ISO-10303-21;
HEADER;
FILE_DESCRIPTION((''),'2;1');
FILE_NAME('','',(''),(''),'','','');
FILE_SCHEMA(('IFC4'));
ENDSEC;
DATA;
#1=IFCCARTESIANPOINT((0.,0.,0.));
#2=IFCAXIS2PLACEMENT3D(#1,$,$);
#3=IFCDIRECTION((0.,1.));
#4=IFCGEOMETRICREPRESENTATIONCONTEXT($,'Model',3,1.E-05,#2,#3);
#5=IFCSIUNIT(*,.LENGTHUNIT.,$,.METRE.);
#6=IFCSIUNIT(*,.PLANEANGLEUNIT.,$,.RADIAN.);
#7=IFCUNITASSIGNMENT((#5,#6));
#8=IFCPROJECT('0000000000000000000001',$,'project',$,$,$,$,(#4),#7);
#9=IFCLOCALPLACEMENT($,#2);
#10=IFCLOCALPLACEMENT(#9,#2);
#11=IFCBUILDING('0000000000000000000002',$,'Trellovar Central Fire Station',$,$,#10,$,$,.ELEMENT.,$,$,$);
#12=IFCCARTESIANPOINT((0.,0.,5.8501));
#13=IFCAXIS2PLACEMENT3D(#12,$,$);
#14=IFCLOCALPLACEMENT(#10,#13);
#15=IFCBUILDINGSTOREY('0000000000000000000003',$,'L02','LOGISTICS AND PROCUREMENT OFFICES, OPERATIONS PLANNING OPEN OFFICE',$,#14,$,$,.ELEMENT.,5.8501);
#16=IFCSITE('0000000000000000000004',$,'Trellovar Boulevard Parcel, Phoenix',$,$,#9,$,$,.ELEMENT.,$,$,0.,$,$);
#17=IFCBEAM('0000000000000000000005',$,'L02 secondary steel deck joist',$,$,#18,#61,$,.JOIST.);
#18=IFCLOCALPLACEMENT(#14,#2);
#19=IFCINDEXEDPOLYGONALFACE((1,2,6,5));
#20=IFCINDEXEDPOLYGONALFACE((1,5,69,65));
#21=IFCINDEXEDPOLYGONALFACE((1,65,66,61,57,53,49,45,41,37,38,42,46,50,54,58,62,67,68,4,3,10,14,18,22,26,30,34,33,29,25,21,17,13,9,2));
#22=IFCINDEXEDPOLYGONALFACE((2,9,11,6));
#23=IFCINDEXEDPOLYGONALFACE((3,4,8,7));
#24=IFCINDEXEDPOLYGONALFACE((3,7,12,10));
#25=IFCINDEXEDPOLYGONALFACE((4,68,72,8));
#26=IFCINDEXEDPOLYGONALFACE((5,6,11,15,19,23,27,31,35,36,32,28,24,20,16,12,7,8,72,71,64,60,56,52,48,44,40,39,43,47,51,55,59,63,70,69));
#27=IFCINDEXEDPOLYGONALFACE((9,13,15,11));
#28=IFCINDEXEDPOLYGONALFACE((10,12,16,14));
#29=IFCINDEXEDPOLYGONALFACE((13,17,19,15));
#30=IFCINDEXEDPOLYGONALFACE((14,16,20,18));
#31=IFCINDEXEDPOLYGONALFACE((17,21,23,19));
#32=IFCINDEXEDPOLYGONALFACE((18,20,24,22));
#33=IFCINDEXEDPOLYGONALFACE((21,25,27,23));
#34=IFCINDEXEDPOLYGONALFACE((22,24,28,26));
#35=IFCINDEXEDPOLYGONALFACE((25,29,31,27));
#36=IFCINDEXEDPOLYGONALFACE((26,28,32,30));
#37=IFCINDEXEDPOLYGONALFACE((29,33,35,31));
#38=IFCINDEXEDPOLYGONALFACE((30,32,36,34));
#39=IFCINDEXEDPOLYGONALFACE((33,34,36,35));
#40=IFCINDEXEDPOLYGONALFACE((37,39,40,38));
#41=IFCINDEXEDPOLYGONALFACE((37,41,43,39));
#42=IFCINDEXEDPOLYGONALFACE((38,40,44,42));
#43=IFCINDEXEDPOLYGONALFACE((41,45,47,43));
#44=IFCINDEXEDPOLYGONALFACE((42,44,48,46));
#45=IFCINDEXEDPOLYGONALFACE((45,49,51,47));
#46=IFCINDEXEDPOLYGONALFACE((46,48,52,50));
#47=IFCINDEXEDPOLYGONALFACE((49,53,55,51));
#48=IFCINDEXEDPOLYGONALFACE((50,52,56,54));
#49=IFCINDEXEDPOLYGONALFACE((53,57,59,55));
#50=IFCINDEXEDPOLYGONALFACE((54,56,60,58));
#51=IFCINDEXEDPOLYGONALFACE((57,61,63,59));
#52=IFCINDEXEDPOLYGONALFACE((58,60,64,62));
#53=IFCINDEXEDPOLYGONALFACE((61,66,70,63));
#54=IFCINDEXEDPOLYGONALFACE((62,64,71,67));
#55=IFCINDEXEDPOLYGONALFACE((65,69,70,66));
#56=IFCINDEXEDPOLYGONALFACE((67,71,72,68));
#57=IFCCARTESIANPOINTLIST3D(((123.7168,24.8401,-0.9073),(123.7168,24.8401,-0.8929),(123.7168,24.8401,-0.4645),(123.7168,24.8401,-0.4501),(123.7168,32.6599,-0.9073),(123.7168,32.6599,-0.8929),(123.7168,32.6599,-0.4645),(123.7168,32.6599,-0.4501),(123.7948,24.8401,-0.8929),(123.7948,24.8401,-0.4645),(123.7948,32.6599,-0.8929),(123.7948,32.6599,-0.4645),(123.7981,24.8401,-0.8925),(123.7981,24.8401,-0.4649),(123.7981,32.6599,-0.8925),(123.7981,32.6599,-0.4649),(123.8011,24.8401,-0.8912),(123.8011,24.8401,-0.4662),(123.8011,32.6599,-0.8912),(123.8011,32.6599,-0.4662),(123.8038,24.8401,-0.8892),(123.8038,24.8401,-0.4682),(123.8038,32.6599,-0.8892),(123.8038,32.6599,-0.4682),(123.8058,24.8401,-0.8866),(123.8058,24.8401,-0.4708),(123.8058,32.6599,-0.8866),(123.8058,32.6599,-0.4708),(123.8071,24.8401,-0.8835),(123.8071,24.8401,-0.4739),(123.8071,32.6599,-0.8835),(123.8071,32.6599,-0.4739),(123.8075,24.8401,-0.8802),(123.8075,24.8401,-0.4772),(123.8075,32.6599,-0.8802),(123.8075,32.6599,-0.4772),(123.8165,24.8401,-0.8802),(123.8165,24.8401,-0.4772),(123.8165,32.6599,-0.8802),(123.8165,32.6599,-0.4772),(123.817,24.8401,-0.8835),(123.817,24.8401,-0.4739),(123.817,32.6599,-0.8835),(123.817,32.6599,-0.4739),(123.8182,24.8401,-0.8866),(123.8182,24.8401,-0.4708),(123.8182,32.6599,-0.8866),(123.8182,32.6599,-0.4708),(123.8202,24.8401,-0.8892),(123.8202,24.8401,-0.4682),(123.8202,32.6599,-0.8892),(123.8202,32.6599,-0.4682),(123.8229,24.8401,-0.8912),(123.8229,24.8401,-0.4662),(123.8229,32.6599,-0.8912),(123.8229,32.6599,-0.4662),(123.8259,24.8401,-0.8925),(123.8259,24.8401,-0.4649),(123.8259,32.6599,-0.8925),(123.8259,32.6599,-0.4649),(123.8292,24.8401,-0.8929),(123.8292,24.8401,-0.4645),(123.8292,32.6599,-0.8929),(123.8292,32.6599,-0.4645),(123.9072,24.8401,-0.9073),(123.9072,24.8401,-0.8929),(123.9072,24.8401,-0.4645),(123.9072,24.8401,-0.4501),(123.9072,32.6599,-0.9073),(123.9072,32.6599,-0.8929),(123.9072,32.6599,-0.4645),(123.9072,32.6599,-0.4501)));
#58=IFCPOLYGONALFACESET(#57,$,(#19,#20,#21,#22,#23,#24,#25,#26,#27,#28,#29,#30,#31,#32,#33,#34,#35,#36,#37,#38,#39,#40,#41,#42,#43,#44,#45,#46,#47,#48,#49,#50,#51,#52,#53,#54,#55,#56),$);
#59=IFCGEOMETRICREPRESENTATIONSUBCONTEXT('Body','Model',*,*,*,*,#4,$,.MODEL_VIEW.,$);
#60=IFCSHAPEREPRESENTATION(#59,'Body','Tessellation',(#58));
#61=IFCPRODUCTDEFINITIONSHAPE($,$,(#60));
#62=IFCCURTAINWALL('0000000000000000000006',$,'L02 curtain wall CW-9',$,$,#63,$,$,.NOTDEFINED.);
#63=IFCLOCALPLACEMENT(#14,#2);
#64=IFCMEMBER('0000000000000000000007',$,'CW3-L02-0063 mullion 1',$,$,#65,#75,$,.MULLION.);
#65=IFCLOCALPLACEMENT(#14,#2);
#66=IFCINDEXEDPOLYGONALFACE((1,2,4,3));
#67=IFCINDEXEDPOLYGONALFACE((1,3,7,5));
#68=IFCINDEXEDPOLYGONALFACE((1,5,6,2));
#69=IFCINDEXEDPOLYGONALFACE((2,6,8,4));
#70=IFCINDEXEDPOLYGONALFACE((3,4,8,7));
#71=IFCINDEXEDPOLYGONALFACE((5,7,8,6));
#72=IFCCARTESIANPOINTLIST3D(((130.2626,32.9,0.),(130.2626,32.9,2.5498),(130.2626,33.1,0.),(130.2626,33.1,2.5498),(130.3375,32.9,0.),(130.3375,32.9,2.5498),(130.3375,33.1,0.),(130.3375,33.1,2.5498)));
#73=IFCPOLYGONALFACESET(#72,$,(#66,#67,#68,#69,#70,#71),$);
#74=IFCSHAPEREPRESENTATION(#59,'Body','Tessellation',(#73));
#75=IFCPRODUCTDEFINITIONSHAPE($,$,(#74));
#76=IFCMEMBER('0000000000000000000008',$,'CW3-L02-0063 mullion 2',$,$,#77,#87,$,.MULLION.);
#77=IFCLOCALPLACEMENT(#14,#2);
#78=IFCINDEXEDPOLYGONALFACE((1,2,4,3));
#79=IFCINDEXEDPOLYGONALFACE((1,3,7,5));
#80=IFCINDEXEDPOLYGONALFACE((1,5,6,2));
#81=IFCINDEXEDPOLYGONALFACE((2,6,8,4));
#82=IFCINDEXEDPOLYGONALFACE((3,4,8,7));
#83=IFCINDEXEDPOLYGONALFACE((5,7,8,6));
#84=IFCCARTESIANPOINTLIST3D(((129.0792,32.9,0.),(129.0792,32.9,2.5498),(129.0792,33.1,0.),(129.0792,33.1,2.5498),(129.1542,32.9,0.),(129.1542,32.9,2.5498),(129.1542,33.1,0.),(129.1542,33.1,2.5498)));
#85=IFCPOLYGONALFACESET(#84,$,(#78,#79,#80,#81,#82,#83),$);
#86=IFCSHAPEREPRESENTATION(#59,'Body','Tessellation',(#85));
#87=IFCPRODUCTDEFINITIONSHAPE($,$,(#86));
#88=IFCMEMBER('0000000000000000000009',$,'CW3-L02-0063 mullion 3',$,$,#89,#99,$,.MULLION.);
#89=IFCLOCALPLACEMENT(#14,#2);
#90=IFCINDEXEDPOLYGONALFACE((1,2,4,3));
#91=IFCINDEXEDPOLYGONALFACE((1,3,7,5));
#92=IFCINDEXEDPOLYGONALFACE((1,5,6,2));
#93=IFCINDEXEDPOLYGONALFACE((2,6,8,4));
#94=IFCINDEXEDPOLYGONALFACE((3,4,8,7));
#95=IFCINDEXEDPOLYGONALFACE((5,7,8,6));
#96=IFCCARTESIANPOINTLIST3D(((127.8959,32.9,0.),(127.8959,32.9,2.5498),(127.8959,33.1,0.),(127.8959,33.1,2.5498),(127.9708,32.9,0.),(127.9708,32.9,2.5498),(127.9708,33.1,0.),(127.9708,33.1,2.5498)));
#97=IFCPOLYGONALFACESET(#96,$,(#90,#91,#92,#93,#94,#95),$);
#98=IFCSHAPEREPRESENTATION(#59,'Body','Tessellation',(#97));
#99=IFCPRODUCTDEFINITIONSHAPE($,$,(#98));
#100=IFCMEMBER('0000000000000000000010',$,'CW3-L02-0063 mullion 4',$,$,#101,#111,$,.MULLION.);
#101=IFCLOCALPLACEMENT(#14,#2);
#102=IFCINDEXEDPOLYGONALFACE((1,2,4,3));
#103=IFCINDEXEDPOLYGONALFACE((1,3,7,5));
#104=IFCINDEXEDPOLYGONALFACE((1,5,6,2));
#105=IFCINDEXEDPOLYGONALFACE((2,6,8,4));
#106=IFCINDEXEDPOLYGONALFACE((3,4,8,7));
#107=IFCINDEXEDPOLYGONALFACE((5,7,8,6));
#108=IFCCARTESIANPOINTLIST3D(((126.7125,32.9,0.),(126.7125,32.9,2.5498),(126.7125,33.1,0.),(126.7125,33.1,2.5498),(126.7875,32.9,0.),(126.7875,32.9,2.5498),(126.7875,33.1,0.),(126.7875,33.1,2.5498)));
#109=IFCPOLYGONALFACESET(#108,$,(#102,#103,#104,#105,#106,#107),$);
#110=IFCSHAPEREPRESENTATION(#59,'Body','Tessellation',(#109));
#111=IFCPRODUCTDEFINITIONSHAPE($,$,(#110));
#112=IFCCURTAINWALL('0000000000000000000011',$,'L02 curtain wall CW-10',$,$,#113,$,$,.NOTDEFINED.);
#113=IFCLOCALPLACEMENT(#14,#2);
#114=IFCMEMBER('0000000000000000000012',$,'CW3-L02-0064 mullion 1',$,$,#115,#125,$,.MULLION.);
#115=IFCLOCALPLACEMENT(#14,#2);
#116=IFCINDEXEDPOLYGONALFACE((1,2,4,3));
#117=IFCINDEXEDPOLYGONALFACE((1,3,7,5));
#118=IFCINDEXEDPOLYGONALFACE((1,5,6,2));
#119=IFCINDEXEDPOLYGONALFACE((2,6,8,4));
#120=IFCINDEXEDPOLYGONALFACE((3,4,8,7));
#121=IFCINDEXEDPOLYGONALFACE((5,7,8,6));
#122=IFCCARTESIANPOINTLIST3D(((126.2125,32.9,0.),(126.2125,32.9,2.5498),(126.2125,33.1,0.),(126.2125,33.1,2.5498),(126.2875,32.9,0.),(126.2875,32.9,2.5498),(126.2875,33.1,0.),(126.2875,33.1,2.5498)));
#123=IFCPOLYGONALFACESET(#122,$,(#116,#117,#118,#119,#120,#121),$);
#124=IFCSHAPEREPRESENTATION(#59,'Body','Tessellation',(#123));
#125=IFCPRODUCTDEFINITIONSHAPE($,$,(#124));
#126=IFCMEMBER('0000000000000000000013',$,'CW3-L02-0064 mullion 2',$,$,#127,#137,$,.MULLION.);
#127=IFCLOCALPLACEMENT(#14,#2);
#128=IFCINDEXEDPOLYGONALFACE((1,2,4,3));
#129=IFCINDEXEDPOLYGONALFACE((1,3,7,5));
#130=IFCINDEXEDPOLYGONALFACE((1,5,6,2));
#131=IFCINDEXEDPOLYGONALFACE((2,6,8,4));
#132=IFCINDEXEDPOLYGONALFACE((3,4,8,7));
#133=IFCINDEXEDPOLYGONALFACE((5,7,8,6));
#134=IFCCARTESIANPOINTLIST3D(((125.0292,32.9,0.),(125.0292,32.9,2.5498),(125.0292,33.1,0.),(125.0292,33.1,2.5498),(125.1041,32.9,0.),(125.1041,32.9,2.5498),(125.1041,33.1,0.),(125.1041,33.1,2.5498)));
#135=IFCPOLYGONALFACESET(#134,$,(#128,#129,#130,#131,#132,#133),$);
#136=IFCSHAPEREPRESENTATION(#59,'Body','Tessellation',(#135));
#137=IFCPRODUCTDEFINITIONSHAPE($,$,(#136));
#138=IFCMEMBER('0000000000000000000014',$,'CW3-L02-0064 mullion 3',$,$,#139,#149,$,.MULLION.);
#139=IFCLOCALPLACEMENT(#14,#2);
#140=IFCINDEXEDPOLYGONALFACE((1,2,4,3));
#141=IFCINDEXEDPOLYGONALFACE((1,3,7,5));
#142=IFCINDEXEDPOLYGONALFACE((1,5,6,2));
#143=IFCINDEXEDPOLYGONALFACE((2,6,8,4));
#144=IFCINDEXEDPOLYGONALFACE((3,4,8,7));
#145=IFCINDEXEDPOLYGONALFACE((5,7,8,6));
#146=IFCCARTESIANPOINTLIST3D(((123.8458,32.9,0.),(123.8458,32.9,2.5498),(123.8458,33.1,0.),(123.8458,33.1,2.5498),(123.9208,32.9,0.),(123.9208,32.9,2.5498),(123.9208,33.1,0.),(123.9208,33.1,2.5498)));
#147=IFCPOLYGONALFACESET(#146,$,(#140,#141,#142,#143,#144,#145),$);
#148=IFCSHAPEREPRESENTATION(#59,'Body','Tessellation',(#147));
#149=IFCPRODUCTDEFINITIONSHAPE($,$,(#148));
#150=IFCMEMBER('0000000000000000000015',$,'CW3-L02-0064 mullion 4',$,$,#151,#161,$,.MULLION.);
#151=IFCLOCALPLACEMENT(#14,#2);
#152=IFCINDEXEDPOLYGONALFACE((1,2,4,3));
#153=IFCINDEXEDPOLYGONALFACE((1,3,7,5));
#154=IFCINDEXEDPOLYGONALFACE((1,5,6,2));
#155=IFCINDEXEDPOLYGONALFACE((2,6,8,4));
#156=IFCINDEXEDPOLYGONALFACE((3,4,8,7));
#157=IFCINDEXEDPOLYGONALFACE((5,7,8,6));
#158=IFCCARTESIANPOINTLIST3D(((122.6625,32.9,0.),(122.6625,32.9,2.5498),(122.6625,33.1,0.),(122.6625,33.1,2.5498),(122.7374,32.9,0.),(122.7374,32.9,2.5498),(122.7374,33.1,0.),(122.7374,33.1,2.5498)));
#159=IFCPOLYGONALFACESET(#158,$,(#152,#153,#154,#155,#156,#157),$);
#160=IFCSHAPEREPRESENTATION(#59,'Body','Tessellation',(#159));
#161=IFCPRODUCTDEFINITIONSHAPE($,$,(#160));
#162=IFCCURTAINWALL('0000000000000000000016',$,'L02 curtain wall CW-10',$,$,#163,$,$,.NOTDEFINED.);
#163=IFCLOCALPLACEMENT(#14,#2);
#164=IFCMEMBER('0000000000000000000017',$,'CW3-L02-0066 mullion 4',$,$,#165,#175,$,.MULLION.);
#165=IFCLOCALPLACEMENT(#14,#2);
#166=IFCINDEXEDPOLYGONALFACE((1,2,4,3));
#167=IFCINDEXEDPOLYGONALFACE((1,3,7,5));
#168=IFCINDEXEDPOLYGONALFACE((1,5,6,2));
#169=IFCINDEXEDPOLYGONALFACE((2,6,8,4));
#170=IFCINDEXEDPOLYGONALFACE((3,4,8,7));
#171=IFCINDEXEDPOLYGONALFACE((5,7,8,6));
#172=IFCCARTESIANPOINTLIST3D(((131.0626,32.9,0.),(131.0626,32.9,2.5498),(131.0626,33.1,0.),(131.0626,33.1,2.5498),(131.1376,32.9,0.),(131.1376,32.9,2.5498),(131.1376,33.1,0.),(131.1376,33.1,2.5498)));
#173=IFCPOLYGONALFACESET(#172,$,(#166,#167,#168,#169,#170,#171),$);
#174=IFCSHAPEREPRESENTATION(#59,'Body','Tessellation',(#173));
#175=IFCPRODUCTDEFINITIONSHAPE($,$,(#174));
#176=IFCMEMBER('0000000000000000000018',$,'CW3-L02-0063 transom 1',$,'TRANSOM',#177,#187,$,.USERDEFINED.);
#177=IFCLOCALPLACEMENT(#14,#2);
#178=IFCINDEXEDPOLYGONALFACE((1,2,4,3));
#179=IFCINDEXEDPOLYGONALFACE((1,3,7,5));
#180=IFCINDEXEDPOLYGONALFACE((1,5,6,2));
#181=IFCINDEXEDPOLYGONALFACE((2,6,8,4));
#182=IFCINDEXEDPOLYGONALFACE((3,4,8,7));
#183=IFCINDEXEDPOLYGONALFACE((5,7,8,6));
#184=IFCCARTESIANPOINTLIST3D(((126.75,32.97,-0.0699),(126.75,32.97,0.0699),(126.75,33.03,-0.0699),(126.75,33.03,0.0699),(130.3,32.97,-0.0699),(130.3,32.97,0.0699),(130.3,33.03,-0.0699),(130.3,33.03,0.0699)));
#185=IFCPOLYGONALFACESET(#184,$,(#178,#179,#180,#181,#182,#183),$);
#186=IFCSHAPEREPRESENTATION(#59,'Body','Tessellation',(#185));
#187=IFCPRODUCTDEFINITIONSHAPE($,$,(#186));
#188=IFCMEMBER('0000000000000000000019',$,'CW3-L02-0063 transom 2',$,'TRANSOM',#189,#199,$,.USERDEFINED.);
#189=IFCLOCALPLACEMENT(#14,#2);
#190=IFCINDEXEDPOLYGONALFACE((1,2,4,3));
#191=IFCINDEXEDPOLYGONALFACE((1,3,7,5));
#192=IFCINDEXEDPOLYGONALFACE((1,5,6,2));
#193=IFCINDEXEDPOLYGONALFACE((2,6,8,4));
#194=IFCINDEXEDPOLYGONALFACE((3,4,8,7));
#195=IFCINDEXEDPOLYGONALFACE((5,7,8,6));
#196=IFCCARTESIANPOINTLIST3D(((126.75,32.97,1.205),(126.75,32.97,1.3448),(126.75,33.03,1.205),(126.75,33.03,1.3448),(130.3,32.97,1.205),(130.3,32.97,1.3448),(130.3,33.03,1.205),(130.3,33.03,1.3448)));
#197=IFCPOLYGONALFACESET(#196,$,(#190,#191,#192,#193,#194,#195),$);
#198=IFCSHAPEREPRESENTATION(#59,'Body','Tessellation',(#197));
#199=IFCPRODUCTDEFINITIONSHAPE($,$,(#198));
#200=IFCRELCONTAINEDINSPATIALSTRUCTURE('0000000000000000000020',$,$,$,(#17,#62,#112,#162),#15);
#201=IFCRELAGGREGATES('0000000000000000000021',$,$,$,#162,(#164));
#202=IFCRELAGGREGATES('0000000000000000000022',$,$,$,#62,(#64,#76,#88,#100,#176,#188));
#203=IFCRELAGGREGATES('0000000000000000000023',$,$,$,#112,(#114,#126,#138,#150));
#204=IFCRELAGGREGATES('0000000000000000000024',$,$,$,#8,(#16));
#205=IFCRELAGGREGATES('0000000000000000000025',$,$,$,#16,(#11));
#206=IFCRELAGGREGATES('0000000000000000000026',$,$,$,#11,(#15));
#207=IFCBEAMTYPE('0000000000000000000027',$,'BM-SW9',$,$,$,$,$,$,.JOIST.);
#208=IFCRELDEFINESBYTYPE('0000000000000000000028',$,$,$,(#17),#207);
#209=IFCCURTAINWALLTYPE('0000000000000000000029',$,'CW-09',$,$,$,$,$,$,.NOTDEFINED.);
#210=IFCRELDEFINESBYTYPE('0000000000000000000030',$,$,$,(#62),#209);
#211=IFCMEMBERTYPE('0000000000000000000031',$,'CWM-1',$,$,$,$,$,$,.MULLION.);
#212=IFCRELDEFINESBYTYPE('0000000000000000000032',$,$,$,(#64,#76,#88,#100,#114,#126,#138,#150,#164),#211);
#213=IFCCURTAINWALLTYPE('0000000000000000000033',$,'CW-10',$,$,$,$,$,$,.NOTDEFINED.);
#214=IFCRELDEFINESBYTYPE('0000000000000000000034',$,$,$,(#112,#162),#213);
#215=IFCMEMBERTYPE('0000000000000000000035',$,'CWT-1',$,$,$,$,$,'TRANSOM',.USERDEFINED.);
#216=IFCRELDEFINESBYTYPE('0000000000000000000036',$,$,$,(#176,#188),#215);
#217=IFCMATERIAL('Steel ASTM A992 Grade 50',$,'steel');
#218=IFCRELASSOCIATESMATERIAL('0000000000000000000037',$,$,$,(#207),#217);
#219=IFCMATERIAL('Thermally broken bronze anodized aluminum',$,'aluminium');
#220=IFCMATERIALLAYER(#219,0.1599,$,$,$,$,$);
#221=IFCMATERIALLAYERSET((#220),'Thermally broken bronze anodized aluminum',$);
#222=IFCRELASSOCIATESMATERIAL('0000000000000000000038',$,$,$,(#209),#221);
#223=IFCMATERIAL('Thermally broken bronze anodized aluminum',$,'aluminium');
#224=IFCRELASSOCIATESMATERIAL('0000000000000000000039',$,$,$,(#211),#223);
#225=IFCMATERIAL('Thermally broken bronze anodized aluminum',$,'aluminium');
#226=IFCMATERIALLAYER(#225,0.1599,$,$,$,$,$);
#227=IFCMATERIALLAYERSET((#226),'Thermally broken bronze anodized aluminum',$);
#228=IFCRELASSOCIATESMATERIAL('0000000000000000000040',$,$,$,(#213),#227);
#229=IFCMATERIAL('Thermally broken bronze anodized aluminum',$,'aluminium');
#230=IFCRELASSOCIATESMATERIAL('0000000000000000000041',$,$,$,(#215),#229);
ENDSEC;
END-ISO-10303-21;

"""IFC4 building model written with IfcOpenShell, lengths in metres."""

from ifc_helpers import new_model, si_unit, direction, frame, origin, origin_2d, place, context, subcontext, project, spatial, rectangle, i_section, extrude, material, layer, layer_set, material_profile, profile_set, type_object, element, aggregate, save


model = new_model("IFC4")

# Units and contexts
model_context = context("Model", 3, precision=1e-05, world=origin(), true_north=direction((0.0, 1.0)))
body_context = subcontext(model_context, "Body", "Model", "MODEL_VIEW")
ifc_project = project(units=[si_unit("LENGTHUNIT", "METRE"), si_unit("PLANEANGLEUNIT", "RADIAN")], contexts=[model_context])

# Site, building, storey
site_placement = place(None, origin())
site = spatial("IfcSite", under=ifc_project, at=site_placement, Name="Trellovar Boulevard Parcel, Phoenix", CompositionType="ELEMENT", RefElevation=0.0)
building_placement = place(site_placement, origin())
building = spatial("IfcBuilding", under=site, at=building_placement, Name="Trellovar Central Fire Station", CompositionType="ELEMENT")
storey_placement = place(building_placement, frame((0.0, 0.0, 5.8501)))
storey = spatial("IfcBuildingStorey", under=building, at=storey_placement, Name="L02", Description="LOGISTICS AND PROCUREMENT OFFICES, OPERATIONS PLANNING OPEN OFFICE", CompositionType="ELEMENT", Elevation=5.8501)

# Beam
ifc_material_1 = material(Name="Steel ASTM A992 Grade 50", Category="steel")
ifc_material_profile_1 = material_profile(ifc_material_1, i_section(OverallWidth=0.1904, OverallDepth=0.4573, WebThickness=0.009, FlangeThickness=0.0144, FilletRadius=0.0127, at=origin_2d()), Name="W18X50")
ifc_profile_set_1 = profile_set([ifc_material_profile_1], Name="Steel ASTM A992 Grade 50")
beam_type_1 = type_object("IfcBeamType", Name="BM-SW9", PredefinedType="JOIST", material=ifc_profile_set_1)
beam_1_placement = place(storey_placement, frame((123.812, 24.8401, -0.6787), z_axis=(0.0, 1.0, 0.0), x_axis=(-1.0, 0.0, 0.0)))
element("IfcBeam", 1, at=beam_1_placement, inside=storey, type_object=beam_type_1, Name="L02 secondary steel deck joist", PredefinedType="JOIST", context=body_context, shape_type="SweptSolid", body=[
    extrude(i_section(OverallWidth=0.1904, OverallDepth=0.4573, WebThickness=0.009, FlangeThickness=0.0144, FilletRadius=0.0127, at=origin_2d()), origin(), (0.0, 0.0, 1.0), 7.8198),
])

# Curtain walls, members
ifc_material_2 = material(Name="Thermally broken bronze anodized aluminum", Category="aluminium")
ifc_layer_1 = layer(ifc_material_2, 0.1599)
ifc_layer_set_1 = layer_set([ifc_layer_1], Name="Thermally broken bronze anodized aluminum")
curtain_wall_type_1 = type_object("IfcCurtainWallType", Name="CW-09", PredefinedType="NOTDEFINED", material=ifc_layer_set_1)
curtain_wall_1_placement = place(storey_placement, origin())
curtain_wall_1 = element("IfcCurtainWall", 2, at=curtain_wall_1_placement, inside=storey, type_object=curtain_wall_type_1, Name="L02 curtain wall CW-9", PredefinedType="NOTDEFINED")
ifc_material_3 = material(Name="Thermally broken bronze anodized aluminum", Category="aluminium")
ifc_material_profile_2 = material_profile(ifc_material_3, rectangle(XDim=0.075, YDim=0.2, at=origin_2d()), Name="ALU75X200")
ifc_profile_set_2 = profile_set([ifc_material_profile_2], Name="Thermally broken bronze anodized aluminum")
member_type_1 = type_object("IfcMemberType", Name="CWM-1", PredefinedType="MULLION", material=ifc_profile_set_2)
member_1_placement = place(storey_placement, frame((130.3, 33.0, 0.0), z_axis=(0.0, 0.0, 1.0), x_axis=(1.0, 0.0, 0.0)))
member_1 = element("IfcMember", 3, at=member_1_placement, type_object=member_type_1, Name="CW3-L02-0063 mullion 1", PredefinedType="MULLION", context=body_context, shape_type="SweptSolid", body=[
    extrude(rectangle(XDim=0.075, YDim=0.2, at=origin_2d()), origin(), (0.0, 0.0, 1.0), 2.5498),
])
member_2_placement = place(storey_placement, frame((129.1167, 33.0, 0.0), z_axis=(0.0, 0.0, 1.0), x_axis=(1.0, 0.0, 0.0)))
member_2 = element("IfcMember", 4, at=member_2_placement, type_object=member_type_1, Name="CW3-L02-0063 mullion 2", PredefinedType="MULLION", context=body_context, shape_type="SweptSolid", body=[
    extrude(rectangle(XDim=0.075, YDim=0.2, at=origin_2d()), origin(), (0.0, 0.0, 1.0), 2.5498),
])
member_3_placement = place(storey_placement, frame((127.9333, 33.0, 0.0), z_axis=(0.0, 0.0, 1.0), x_axis=(1.0, 0.0, 0.0)))
member_3 = element("IfcMember", 5, at=member_3_placement, type_object=member_type_1, Name="CW3-L02-0063 mullion 3", PredefinedType="MULLION", context=body_context, shape_type="SweptSolid", body=[
    extrude(rectangle(XDim=0.075, YDim=0.2, at=origin_2d()), origin(), (0.0, 0.0, 1.0), 2.5498),
])
member_4_placement = place(storey_placement, frame((126.75, 33.0, 0.0), z_axis=(0.0, 0.0, 1.0), x_axis=(1.0, 0.0, 0.0)))
member_4 = element("IfcMember", 6, at=member_4_placement, type_object=member_type_1, Name="CW3-L02-0063 mullion 4", PredefinedType="MULLION", context=body_context, shape_type="SweptSolid", body=[
    extrude(rectangle(XDim=0.075, YDim=0.2, at=origin_2d()), origin(), (0.0, 0.0, 1.0), 2.5498),
])
ifc_material_4 = material(Name="Thermally broken bronze anodized aluminum", Category="aluminium")
ifc_layer_2 = layer(ifc_material_4, 0.1599)
ifc_layer_set_2 = layer_set([ifc_layer_2], Name="Thermally broken bronze anodized aluminum")
curtain_wall_type_2 = type_object("IfcCurtainWallType", Name="CW-10", PredefinedType="NOTDEFINED", material=ifc_layer_set_2)
curtain_wall_2_placement = place(storey_placement, origin())
curtain_wall_2 = element("IfcCurtainWall", 7, at=curtain_wall_2_placement, inside=storey, type_object=curtain_wall_type_2, Name="L02 curtain wall CW-10", PredefinedType="NOTDEFINED")
member_5_placement = place(storey_placement, frame((126.25, 33.0, 0.0), z_axis=(0.0, 0.0, 1.0), x_axis=(1.0, 0.0, 0.0)))
member_5 = element("IfcMember", 8, at=member_5_placement, type_object=member_type_1, Name="CW3-L02-0064 mullion 1", PredefinedType="MULLION", context=body_context, shape_type="SweptSolid", body=[
    extrude(rectangle(XDim=0.075, YDim=0.2, at=origin_2d()), origin(), (0.0, 0.0, 1.0), 2.5498),
])
member_6_placement = place(storey_placement, frame((125.0667, 33.0, 0.0), z_axis=(0.0, 0.0, 1.0), x_axis=(1.0, 0.0, 0.0)))
member_6 = element("IfcMember", 9, at=member_6_placement, type_object=member_type_1, Name="CW3-L02-0064 mullion 2", PredefinedType="MULLION", context=body_context, shape_type="SweptSolid", body=[
    extrude(rectangle(XDim=0.075, YDim=0.2, at=origin_2d()), origin(), (0.0, 0.0, 1.0), 2.5498),
])
member_7_placement = place(storey_placement, frame((123.8833, 33.0, 0.0), z_axis=(0.0, 0.0, 1.0), x_axis=(1.0, 0.0, 0.0)))
member_7 = element("IfcMember", 10, at=member_7_placement, type_object=member_type_1, Name="CW3-L02-0064 mullion 3", PredefinedType="MULLION", context=body_context, shape_type="SweptSolid", body=[
    extrude(rectangle(XDim=0.075, YDim=0.2, at=origin_2d()), origin(), (0.0, 0.0, 1.0), 2.5498),
])
member_8_placement = place(storey_placement, frame((122.7, 33.0, 0.0), z_axis=(0.0, 0.0, 1.0), x_axis=(1.0, 0.0, 0.0)))
member_8 = element("IfcMember", 11, at=member_8_placement, type_object=member_type_1, Name="CW3-L02-0064 mullion 4", PredefinedType="MULLION", context=body_context, shape_type="SweptSolid", body=[
    extrude(rectangle(XDim=0.075, YDim=0.2, at=origin_2d()), origin(), (0.0, 0.0, 1.0), 2.5498),
])

# Curtain wall, member
curtain_wall_3_placement = place(storey_placement, origin())
curtain_wall_3 = element("IfcCurtainWall", 12, at=curtain_wall_3_placement, inside=storey, type_object=curtain_wall_type_2, Name="L02 curtain wall CW-10", PredefinedType="NOTDEFINED")
member_9_placement = place(storey_placement, frame((131.1001, 33.0, 0.0), z_axis=(0.0, 0.0, 1.0), x_axis=(1.0, 0.0, 0.0)))
member_9 = element("IfcMember", 13, at=member_9_placement, type_object=member_type_1, Name="CW3-L02-0066 mullion 4", PredefinedType="MULLION", context=body_context, shape_type="SweptSolid", body=[
    extrude(rectangle(XDim=0.075, YDim=0.2, at=origin_2d()), origin(), (0.0, 0.0, 1.0), 2.5498),
])

# Members
ifc_material_5 = material(Name="Thermally broken bronze anodized aluminum", Category="aluminium")
ifc_material_profile_3 = material_profile(ifc_material_5, rectangle(XDim=0.0601, YDim=0.1399, at=origin_2d()), Name="ALU60X140")
ifc_profile_set_3 = profile_set([ifc_material_profile_3], Name="Thermally broken bronze anodized aluminum")
member_type_2 = type_object("IfcMemberType", Name="CWT-1", ElementType="TRANSOM", PredefinedType="USERDEFINED", material=ifc_profile_set_3)
member_10_placement = place(storey_placement, frame((130.3, 33.0, 0.0), z_axis=(-1.0, 0.0, 0.0), x_axis=(0.0, -1.0, 0.0)))
member_10 = element("IfcMember", 14, at=member_10_placement, type_object=member_type_2, Name="CW3-L02-0063 transom 1", ObjectType="TRANSOM", PredefinedType="USERDEFINED", context=body_context, shape_type="SweptSolid", body=[
    extrude(rectangle(XDim=0.0601, YDim=0.1399, at=origin_2d()), origin(), (0.0, 0.0, 1.0), 3.55),
])
member_11_placement = place(storey_placement, frame((130.3, 33.0, 1.2749), z_axis=(-1.0, 0.0, 0.0), x_axis=(0.0, -1.0, 0.0)))
member_11 = element("IfcMember", 15, at=member_11_placement, type_object=member_type_2, Name="CW3-L02-0063 transom 2", ObjectType="TRANSOM", PredefinedType="USERDEFINED", context=body_context, shape_type="SweptSolid", body=[
    extrude(rectangle(XDim=0.0601, YDim=0.1399, at=origin_2d()), origin(), (0.0, 0.0, 1.0), 3.55),
])

aggregate(curtain_wall_3, [member_9])
aggregate(curtain_wall_1, [member_1, member_2, member_3, member_4, member_10, member_11])
aggregate(curtain_wall_2, [member_5, member_6, member_7, member_8])

save(model, "model.ifc")
